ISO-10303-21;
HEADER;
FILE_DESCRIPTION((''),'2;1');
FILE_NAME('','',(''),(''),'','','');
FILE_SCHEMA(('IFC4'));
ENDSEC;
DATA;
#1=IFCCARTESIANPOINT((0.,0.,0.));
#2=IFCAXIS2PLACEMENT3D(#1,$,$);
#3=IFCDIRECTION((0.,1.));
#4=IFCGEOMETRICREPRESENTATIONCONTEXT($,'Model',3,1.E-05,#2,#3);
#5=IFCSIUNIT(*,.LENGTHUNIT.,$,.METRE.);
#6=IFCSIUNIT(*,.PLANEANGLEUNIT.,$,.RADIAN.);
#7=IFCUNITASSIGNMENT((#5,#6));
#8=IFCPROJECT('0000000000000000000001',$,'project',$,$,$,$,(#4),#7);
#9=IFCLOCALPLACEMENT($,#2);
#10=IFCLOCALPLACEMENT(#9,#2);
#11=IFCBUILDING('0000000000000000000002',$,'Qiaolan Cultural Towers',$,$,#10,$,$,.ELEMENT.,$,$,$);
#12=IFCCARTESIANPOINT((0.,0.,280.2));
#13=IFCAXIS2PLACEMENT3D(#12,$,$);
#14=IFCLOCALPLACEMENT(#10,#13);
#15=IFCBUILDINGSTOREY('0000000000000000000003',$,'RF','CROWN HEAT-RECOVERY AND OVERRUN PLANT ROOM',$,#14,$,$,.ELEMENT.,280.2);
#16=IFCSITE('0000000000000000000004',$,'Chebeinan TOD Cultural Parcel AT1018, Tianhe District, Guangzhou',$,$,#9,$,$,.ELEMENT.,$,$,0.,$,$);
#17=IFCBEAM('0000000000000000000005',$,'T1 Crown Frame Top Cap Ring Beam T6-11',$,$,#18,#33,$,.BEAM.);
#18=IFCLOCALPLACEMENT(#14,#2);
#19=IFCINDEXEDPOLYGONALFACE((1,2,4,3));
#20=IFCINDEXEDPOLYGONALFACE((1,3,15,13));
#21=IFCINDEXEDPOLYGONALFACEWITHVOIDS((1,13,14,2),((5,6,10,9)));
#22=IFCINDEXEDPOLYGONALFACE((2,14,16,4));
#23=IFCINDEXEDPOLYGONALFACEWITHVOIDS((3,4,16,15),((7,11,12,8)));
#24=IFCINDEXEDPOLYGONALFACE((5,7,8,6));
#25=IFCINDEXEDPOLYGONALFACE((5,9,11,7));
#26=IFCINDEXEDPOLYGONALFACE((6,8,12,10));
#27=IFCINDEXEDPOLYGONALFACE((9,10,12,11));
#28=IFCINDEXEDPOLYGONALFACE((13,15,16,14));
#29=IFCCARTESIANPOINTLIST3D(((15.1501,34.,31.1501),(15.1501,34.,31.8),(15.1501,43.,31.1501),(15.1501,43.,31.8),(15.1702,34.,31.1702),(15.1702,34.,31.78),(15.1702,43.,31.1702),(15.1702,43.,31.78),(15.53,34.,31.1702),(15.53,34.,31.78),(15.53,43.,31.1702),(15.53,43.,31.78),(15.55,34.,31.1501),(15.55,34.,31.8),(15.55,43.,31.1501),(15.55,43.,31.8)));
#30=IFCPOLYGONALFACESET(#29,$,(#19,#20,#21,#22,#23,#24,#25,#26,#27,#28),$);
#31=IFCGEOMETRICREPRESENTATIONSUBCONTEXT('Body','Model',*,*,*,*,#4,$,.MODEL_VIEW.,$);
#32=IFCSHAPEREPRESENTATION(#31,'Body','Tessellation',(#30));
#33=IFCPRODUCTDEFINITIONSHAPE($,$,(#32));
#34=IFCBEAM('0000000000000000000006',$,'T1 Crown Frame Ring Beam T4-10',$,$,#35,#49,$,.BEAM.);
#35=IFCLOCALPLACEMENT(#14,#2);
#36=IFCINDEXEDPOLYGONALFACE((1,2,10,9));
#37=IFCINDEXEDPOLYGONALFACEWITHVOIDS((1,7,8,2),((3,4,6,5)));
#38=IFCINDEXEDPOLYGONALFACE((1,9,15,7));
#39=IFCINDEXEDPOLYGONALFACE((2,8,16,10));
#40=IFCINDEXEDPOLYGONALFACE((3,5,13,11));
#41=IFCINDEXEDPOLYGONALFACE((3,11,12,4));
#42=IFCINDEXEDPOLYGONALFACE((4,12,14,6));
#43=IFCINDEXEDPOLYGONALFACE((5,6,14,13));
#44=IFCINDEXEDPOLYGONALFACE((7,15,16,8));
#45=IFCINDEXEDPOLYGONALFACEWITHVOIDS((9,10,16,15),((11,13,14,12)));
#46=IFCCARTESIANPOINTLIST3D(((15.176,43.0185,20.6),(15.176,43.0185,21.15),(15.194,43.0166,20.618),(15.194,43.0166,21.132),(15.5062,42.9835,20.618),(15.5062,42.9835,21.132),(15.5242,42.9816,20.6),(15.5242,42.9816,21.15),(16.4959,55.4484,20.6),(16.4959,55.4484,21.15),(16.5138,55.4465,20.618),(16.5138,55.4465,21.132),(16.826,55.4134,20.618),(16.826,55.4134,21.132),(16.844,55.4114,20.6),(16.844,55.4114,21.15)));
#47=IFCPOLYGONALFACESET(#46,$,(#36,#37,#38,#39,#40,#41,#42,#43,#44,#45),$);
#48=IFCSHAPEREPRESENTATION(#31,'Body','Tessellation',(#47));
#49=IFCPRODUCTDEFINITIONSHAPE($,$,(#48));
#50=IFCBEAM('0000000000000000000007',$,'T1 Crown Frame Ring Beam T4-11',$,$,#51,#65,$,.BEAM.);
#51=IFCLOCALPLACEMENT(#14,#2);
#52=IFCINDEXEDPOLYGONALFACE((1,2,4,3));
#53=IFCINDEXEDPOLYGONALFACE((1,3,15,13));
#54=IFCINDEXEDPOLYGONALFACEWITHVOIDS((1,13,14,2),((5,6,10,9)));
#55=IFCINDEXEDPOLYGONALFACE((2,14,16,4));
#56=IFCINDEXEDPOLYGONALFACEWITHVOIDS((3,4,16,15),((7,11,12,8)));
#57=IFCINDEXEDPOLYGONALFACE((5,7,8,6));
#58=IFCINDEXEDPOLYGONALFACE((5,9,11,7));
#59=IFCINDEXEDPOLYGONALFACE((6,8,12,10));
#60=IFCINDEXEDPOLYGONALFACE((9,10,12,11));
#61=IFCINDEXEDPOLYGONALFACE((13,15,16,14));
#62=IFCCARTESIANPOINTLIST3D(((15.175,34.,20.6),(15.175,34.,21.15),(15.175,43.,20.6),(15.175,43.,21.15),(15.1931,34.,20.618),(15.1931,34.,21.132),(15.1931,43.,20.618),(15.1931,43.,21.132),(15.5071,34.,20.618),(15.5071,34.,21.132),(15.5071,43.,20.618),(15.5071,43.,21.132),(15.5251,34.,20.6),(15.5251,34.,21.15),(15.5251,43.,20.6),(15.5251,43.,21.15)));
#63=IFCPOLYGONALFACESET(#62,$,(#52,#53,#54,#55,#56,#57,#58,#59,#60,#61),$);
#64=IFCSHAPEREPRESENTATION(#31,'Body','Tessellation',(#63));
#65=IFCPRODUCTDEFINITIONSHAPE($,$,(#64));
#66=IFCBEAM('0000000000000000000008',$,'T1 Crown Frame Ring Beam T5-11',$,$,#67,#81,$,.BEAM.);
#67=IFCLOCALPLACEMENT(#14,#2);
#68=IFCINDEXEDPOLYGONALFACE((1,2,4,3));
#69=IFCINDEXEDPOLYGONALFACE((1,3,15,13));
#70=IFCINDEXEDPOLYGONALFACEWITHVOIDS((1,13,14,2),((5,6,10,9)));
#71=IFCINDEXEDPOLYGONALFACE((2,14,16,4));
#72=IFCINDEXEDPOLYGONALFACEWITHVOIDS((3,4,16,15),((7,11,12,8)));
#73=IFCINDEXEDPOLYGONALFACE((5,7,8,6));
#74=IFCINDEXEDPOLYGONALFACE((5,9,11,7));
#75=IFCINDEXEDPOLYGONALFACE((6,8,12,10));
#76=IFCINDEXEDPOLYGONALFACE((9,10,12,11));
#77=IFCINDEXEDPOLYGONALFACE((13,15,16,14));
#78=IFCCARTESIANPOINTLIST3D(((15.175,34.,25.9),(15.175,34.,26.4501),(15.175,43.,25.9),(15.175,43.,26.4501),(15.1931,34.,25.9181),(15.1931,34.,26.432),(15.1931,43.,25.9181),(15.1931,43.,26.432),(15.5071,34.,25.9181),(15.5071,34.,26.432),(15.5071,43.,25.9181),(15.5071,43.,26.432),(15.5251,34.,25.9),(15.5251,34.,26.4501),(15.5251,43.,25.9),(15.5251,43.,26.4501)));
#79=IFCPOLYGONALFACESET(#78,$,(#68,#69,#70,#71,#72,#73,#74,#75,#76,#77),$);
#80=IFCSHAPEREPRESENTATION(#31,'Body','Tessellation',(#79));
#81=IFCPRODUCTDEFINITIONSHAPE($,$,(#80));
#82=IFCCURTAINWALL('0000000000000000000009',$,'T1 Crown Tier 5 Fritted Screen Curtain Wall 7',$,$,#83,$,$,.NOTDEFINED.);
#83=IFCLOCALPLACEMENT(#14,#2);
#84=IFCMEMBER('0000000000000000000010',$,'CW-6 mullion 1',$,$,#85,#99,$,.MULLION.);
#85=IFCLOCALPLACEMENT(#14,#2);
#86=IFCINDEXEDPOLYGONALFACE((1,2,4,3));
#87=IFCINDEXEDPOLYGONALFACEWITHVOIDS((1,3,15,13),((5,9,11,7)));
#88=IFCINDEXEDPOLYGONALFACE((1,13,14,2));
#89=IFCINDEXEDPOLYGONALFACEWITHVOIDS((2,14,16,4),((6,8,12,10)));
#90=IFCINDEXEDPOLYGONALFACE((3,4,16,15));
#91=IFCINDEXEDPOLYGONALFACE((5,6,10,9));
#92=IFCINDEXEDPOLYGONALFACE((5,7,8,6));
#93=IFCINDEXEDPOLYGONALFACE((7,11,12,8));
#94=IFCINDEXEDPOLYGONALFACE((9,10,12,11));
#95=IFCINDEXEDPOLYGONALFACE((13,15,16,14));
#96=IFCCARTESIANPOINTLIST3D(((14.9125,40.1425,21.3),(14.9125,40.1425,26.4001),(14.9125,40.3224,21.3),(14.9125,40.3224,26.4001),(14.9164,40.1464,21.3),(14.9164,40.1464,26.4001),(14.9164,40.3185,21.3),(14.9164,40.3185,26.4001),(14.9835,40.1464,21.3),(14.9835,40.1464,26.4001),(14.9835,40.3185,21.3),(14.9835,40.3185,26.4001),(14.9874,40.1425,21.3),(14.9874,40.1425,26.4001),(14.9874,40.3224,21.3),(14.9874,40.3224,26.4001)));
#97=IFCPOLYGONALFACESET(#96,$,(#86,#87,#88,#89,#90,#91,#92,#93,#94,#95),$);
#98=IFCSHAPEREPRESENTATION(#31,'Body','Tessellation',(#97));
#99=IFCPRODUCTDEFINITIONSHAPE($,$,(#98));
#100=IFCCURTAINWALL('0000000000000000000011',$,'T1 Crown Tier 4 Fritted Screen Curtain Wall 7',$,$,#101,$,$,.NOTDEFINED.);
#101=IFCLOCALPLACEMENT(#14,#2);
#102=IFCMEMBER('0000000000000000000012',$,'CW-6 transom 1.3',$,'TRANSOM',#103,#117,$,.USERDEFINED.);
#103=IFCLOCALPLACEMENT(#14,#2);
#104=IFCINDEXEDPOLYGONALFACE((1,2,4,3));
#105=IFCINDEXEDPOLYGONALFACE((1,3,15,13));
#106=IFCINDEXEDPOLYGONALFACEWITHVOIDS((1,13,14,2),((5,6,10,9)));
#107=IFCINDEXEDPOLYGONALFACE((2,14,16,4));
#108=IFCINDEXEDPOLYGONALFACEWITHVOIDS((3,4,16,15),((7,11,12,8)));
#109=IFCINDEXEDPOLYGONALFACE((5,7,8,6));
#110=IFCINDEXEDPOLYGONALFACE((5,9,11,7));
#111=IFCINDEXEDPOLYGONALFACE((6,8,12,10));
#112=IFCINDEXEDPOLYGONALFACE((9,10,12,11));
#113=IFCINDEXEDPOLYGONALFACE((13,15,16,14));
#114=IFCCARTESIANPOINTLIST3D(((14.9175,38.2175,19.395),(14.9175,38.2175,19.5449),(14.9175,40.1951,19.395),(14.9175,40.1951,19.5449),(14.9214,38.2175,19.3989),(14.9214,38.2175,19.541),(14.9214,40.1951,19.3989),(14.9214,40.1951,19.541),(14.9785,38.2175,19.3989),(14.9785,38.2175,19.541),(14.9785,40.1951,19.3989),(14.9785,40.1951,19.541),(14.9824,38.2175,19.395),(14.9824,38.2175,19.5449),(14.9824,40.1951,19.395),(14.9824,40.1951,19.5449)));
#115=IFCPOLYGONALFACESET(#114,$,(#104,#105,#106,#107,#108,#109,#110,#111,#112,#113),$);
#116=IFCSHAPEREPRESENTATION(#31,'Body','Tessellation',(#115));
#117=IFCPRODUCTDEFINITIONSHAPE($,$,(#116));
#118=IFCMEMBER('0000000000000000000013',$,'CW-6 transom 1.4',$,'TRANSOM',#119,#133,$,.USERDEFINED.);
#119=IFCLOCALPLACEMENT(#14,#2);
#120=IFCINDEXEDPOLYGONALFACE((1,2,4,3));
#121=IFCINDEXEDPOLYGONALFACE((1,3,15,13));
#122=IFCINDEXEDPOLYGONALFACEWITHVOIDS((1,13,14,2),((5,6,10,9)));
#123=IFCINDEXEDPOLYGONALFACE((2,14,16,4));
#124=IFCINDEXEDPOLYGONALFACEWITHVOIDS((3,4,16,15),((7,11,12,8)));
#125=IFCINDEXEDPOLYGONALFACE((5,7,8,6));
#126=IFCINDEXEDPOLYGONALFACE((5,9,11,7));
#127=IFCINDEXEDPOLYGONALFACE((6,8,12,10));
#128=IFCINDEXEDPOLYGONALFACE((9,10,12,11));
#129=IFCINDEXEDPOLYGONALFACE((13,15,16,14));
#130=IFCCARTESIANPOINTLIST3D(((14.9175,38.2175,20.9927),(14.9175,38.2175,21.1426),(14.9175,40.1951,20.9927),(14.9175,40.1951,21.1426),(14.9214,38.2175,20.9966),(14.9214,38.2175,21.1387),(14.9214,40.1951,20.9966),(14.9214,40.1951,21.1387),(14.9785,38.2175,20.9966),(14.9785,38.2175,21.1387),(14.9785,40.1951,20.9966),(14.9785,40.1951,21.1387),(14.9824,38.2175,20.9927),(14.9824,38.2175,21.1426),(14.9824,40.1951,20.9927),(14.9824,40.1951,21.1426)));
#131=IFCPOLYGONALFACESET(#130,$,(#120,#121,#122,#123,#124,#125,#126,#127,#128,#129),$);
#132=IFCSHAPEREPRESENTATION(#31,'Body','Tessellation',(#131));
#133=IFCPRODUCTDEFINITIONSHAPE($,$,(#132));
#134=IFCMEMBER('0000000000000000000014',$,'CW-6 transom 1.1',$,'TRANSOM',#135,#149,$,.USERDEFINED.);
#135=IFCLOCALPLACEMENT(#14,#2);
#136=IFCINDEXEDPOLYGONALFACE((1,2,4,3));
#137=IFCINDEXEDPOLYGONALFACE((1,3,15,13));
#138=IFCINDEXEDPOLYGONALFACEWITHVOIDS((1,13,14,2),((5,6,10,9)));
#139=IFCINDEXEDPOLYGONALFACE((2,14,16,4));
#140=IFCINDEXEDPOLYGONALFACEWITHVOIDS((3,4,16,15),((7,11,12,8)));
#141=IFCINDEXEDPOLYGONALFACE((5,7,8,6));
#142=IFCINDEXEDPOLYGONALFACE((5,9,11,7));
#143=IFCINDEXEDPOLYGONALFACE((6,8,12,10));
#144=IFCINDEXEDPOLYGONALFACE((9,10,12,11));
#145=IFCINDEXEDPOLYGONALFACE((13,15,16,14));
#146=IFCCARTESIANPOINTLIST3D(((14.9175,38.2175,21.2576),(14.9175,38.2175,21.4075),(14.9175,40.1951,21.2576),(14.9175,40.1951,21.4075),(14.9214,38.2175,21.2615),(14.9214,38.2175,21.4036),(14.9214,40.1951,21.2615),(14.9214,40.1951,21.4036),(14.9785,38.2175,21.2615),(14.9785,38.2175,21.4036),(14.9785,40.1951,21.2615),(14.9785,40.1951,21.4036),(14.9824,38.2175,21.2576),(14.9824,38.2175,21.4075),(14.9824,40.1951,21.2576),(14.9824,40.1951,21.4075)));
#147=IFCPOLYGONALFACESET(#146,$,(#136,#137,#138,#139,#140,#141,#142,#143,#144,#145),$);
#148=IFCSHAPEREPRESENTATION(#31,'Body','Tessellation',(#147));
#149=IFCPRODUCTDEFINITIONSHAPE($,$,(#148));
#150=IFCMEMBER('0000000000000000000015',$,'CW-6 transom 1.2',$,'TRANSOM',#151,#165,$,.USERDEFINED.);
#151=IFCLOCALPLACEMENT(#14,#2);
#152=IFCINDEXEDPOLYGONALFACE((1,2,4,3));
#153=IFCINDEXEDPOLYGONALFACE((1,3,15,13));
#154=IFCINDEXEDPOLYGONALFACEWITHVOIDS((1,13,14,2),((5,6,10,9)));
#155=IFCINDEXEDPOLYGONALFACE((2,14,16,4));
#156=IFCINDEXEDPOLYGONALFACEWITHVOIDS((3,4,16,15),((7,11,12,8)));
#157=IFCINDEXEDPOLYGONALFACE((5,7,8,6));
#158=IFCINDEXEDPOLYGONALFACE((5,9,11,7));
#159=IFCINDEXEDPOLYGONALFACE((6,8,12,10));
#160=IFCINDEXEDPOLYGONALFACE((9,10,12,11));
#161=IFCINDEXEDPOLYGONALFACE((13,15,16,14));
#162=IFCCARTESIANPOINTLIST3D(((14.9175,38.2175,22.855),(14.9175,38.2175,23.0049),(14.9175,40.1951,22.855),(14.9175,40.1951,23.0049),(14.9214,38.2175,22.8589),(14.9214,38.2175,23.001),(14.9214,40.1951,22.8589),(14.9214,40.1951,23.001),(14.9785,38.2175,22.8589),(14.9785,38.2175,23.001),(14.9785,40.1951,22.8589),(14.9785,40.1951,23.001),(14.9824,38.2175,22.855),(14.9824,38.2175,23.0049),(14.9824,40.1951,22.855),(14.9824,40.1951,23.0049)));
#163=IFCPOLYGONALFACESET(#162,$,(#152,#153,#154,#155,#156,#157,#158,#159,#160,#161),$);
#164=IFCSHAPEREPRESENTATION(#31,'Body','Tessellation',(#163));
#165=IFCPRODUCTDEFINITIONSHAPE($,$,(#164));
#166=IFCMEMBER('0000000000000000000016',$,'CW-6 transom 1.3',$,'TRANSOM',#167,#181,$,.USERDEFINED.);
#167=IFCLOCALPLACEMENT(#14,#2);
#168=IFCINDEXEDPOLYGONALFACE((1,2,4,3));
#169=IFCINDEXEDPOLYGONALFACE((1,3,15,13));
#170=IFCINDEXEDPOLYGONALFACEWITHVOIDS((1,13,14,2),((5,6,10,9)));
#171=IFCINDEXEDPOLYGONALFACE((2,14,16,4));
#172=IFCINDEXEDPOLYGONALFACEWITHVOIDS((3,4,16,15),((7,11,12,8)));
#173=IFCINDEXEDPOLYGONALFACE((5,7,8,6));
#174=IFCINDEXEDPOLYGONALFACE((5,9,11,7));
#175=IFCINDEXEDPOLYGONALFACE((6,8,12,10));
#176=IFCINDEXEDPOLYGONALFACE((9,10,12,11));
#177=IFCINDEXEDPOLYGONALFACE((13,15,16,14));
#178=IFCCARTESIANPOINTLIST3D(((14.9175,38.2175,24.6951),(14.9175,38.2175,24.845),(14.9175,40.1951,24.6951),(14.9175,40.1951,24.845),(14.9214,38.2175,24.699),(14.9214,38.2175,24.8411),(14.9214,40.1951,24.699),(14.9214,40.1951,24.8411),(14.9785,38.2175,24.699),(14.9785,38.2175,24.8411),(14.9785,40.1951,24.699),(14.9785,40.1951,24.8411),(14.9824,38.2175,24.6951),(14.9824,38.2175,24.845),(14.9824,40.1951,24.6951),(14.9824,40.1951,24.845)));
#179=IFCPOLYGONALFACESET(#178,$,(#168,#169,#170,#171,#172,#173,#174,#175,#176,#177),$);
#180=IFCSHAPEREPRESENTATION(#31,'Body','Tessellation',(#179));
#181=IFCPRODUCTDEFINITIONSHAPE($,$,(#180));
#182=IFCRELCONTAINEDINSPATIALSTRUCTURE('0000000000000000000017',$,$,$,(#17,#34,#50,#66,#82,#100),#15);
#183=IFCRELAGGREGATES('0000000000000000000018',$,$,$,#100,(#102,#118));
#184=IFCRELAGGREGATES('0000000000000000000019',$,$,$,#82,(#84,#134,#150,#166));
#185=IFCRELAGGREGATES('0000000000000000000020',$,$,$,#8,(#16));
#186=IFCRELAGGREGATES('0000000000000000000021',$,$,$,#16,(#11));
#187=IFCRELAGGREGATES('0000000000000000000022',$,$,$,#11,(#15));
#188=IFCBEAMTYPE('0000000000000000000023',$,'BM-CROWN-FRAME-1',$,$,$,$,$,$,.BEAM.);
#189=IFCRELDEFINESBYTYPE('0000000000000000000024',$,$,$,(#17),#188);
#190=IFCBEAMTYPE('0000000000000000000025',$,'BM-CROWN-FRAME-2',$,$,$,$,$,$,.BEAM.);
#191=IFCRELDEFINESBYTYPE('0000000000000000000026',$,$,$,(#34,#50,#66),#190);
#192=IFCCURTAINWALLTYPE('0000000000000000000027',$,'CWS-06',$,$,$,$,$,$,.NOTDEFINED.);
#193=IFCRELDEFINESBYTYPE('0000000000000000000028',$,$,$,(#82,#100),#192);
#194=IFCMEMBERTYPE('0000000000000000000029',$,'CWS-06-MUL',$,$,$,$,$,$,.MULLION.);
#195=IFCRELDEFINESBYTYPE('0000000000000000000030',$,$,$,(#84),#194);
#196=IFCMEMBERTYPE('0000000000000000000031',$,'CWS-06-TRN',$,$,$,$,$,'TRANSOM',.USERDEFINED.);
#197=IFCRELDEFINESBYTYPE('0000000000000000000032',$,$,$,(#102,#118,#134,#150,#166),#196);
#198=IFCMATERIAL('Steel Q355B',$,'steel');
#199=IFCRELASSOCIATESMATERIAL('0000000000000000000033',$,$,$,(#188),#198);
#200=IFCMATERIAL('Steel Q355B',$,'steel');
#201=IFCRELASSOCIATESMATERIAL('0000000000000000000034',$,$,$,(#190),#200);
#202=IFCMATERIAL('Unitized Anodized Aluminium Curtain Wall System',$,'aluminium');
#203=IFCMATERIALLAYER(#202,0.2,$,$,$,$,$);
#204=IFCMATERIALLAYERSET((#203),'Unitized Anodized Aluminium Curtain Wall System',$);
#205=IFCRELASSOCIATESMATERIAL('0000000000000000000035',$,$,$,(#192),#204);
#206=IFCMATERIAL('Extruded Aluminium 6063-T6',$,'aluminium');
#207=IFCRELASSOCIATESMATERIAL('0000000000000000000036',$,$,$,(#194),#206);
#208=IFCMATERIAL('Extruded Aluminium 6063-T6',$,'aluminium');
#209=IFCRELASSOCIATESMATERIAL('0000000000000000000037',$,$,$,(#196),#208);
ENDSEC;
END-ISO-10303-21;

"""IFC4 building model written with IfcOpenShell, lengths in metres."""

from ifc_helpers import new_model, si_unit, direction, frame, origin, origin_2d, place, context, subcontext, project, spatial, hollow_rectangle, extrude, material, layer, layer_set, material_profile, profile_set, type_object, element, aggregate, save


model = new_model("IFC4")

# Units and contexts
model_context = context("Model", 3, precision=1e-05, world=origin(), true_north=direction((0.0, 1.0)))
body_context = subcontext(model_context, "Body", "Model", "MODEL_VIEW")
ifc_project = project(units=[si_unit("LENGTHUNIT", "METRE"), si_unit("PLANEANGLEUNIT", "RADIAN")], contexts=[model_context])

# Site, building, storey
site_placement = place(None, origin())
site = spatial("IfcSite", under=ifc_project, at=site_placement, Name="Chebeinan TOD Cultural Parcel AT1018, Tianhe District, Guangzhou", CompositionType="ELEMENT", RefElevation=0.0)
building_placement = place(site_placement, origin())
building = spatial("IfcBuilding", under=site, at=building_placement, Name="Qiaolan Cultural Towers", CompositionType="ELEMENT")
storey_placement = place(building_placement, frame((0.0, 0.0, 280.2)))
storey = spatial("IfcBuildingStorey", under=building, at=storey_placement, Name="RF", Description="CROWN HEAT-RECOVERY AND OVERRUN PLANT ROOM", CompositionType="ELEMENT", Elevation=280.2)

# Beams
ifc_material_1 = material(Name="Steel Q355B", Category="steel")
ifc_material_profile_1 = material_profile(ifc_material_1, hollow_rectangle(XDim=0.3999, YDim=0.6499, WallThickness=0.02, at=origin_2d()), Name="BOX650x400x20")
ifc_profile_set_1 = profile_set([ifc_material_profile_1], Name="Steel Q355B")
beam_type_1 = type_object("IfcBeamType", Name="BM-CROWN-FRAME-1", PredefinedType="BEAM", material=ifc_profile_set_1)
beam_1_placement = place(storey_placement, frame((15.3501, 43.0, 31.4751), z_axis=(0.0, -1.0, 0.0), x_axis=(1.0, 0.0, 0.0)))
element("IfcBeam", 1, at=beam_1_placement, inside=storey, type_object=beam_type_1, Name="T1 Crown Frame Top Cap Ring Beam T6-11", PredefinedType="BEAM", context=body_context, shape_type="SweptSolid", body=[
    extrude(hollow_rectangle(XDim=0.3999, YDim=0.6499, WallThickness=0.02, at=origin_2d()), origin(), (0.0, 0.0, 1.0), 9.0),
])
ifc_material_2 = material(Name="Steel Q355B", Category="steel")
ifc_material_profile_2 = material_profile(ifc_material_2, hollow_rectangle(XDim=0.3501, YDim=0.55, WallThickness=0.0181, at=origin_2d()), Name="BOX550x350x18")
ifc_profile_set_2 = profile_set([ifc_material_profile_2], Name="Steel Q355B")
beam_type_2 = type_object("IfcBeamType", Name="BM-CROWN-FRAME-2", PredefinedType="BEAM", material=ifc_profile_set_2)
beam_2_placement = place(storey_placement, frame((16.6699, 55.4299, 20.875), z_axis=(-0.105588, -0.99441, 0.0), x_axis=(0.99441, -0.105588, 0.0)))
element("IfcBeam", 2, at=beam_2_placement, inside=storey, type_object=beam_type_2, Name="T1 Crown Frame Ring Beam T4-10", PredefinedType="BEAM", context=body_context, shape_type="SweptSolid", body=[
    extrude(hollow_rectangle(XDim=0.3501, YDim=0.55, WallThickness=0.0181, at=origin_2d()), origin(), (0.0, 0.0, 1.0), 12.4998),
])
for number, where, z_axis, x_axis, name in (
    (3, (15.3501, 43.0, 20.875), (0.0, -1.0, 0.0), (1.0, 0.0, 0.0), "T1 Crown Frame Ring Beam T4-11"),
    (4, (15.3501, 43.0, 26.175), (0.0, -1.0, 0.0), (1.0, 0.0, 0.0), "T1 Crown Frame Ring Beam T5-11"),
):
    element("IfcBeam", number, at=place(storey_placement, frame(where, z_axis=z_axis, x_axis=x_axis)), inside=storey, type_object=beam_type_2, Name=name, PredefinedType="BEAM", context=body_context, shape_type="SweptSolid", body=[
        extrude(hollow_rectangle(XDim=0.3501, YDim=0.55, WallThickness=0.0181, at=origin_2d()), origin(), (0.0, 0.0, 1.0), 9.0),
    ])

# Curtain wall, member
ifc_material_3 = material(Name="Unitized Anodized Aluminium Curtain Wall System", Category="aluminium")
ifc_layer_1 = layer(ifc_material_3, 0.2)
ifc_layer_set_1 = layer_set([ifc_layer_1], Name="Unitized Anodized Aluminium Curtain Wall System")
curtain_wall_type = type_object("IfcCurtainWallType", Name="CWS-06", PredefinedType="NOTDEFINED", material=ifc_layer_set_1)
curtain_wall_1_placement = place(storey_placement, origin())
curtain_wall_1 = element("IfcCurtainWall", 5, at=curtain_wall_1_placement, inside=storey, type_object=curtain_wall_type, Name="T1 Crown Tier 5 Fritted Screen Curtain Wall 7", PredefinedType="NOTDEFINED")
ifc_material_4 = material(Name="Extruded Aluminium 6063-T6", Category="aluminium")
ifc_material_profile_3 = material_profile(ifc_material_4, hollow_rectangle(XDim=0.075, YDim=0.1799, WallThickness=0.0039, at=origin_2d()), Name="CWM-180x75x4")
ifc_profile_set_3 = profile_set([ifc_material_profile_3], Name="Extruded Aluminium 6063-T6")
member_type_1 = type_object("IfcMemberType", Name="CWS-06-MUL", PredefinedType="MULLION", material=ifc_profile_set_3)
member_1_placement = place(storey_placement, frame((14.95, 40.2324, 21.3), z_axis=(0.0, 0.0, 1.0), x_axis=(1.0, 0.0, 0.0)))
member_1 = element("IfcMember", 6, at=member_1_placement, type_object=member_type_1, Name="CW-6 mullion 1", PredefinedType="MULLION", context=body_context, shape_type="SweptSolid", body=[
    extrude(hollow_rectangle(XDim=0.075, YDim=0.1799, WallThickness=0.0039, at=origin_2d()), origin(), (0.0, 0.0, 1.0), 5.1001),
])

# Curtain wall, members
curtain_wall_2_placement = place(storey_placement, origin())
curtain_wall_2 = element("IfcCurtainWall", 7, at=curtain_wall_2_placement, inside=storey, type_object=curtain_wall_type, Name="T1 Crown Tier 4 Fritted Screen Curtain Wall 7", PredefinedType="NOTDEFINED")
ifc_material_5 = material(Name="Extruded Aluminium 6063-T6", Category="aluminium")
ifc_material_profile_4 = material_profile(ifc_material_5, hollow_rectangle(XDim=0.0649, YDim=0.1499, WallThickness=0.0039, at=origin_2d()), Name="CWT-150x65x4")
ifc_profile_set_4 = profile_set([ifc_material_profile_4], Name="Extruded Aluminium 6063-T6")
member_type_2 = type_object("IfcMemberType", Name="CWS-06-TRN", ElementType="TRANSOM", PredefinedType="USERDEFINED", material=ifc_profile_set_4)
member_2_placement = place(storey_placement, frame((14.95, 40.1951, 19.47), z_axis=(0.0, -1.0, 0.0), x_axis=(1.0, 0.0, 0.0)))
member_2 = element("IfcMember", 8, at=member_2_placement, type_object=member_type_2, Name="CW-6 transom 1.3", ObjectType="TRANSOM", PredefinedType="USERDEFINED", context=body_context, shape_type="SweptSolid", body=[
    extrude(hollow_rectangle(XDim=0.0649, YDim=0.1499, WallThickness=0.0039, at=origin_2d()), origin(), (0.0, 0.0, 1.0), 1.9775),
])
member_3_placement = place(storey_placement, frame((14.95, 40.1951, 21.0676), z_axis=(0.0, -1.0, 0.0), x_axis=(1.0, 0.0, 0.0)))
member_3 = element("IfcMember", 9, at=member_3_placement, type_object=member_type_2, Name="CW-6 transom 1.4", ObjectType="TRANSOM", PredefinedType="USERDEFINED", context=body_context, shape_type="SweptSolid", body=[
    extrude(hollow_rectangle(XDim=0.0649, YDim=0.1499, WallThickness=0.0039, at=origin_2d()), origin(), (0.0, 0.0, 1.0), 1.9775),
])
aggregate(curtain_wall_2, [member_2, member_3])

# Members
member_4_placement = place(storey_placement, frame((14.95, 40.1951, 21.3325), z_axis=(0.0, -1.0, 0.0), x_axis=(1.0, 0.0, 0.0)))
member_4 = element("IfcMember", 10, at=member_4_placement, type_object=member_type_2, Name="CW-6 transom 1.1", ObjectType="TRANSOM", PredefinedType="USERDEFINED", context=body_context, shape_type="SweptSolid", body=[
    extrude(hollow_rectangle(XDim=0.0649, YDim=0.1499, WallThickness=0.0039, at=origin_2d()), origin(), (0.0, 0.0, 1.0), 1.9775),
])
member_5_placement = place(storey_placement, frame((14.95, 40.1951, 22.9299), z_axis=(0.0, -1.0, 0.0), x_axis=(1.0, 0.0, 0.0)))
member_5 = element("IfcMember", 11, at=member_5_placement, type_object=member_type_2, Name="CW-6 transom 1.2", ObjectType="TRANSOM", PredefinedType="USERDEFINED", context=body_context, shape_type="SweptSolid", body=[
    extrude(hollow_rectangle(XDim=0.0649, YDim=0.1499, WallThickness=0.0039, at=origin_2d()), origin(), (0.0, 0.0, 1.0), 1.9775),
])
member_6_placement = place(storey_placement, frame((14.95, 40.1951, 24.77), z_axis=(0.0, -1.0, 0.0), x_axis=(1.0, 0.0, 0.0)))
member_6 = element("IfcMember", 12, at=member_6_placement, type_object=member_type_2, Name="CW-6 transom 1.3", ObjectType="TRANSOM", PredefinedType="USERDEFINED", context=body_context, shape_type="SweptSolid", body=[
    extrude(hollow_rectangle(XDim=0.0649, YDim=0.1499, WallThickness=0.0039, at=origin_2d()), origin(), (0.0, 0.0, 1.0), 1.9775),
])
aggregate(curtain_wall_1, [member_1, member_4, member_5, member_6])

save(model, "model.ifc")
